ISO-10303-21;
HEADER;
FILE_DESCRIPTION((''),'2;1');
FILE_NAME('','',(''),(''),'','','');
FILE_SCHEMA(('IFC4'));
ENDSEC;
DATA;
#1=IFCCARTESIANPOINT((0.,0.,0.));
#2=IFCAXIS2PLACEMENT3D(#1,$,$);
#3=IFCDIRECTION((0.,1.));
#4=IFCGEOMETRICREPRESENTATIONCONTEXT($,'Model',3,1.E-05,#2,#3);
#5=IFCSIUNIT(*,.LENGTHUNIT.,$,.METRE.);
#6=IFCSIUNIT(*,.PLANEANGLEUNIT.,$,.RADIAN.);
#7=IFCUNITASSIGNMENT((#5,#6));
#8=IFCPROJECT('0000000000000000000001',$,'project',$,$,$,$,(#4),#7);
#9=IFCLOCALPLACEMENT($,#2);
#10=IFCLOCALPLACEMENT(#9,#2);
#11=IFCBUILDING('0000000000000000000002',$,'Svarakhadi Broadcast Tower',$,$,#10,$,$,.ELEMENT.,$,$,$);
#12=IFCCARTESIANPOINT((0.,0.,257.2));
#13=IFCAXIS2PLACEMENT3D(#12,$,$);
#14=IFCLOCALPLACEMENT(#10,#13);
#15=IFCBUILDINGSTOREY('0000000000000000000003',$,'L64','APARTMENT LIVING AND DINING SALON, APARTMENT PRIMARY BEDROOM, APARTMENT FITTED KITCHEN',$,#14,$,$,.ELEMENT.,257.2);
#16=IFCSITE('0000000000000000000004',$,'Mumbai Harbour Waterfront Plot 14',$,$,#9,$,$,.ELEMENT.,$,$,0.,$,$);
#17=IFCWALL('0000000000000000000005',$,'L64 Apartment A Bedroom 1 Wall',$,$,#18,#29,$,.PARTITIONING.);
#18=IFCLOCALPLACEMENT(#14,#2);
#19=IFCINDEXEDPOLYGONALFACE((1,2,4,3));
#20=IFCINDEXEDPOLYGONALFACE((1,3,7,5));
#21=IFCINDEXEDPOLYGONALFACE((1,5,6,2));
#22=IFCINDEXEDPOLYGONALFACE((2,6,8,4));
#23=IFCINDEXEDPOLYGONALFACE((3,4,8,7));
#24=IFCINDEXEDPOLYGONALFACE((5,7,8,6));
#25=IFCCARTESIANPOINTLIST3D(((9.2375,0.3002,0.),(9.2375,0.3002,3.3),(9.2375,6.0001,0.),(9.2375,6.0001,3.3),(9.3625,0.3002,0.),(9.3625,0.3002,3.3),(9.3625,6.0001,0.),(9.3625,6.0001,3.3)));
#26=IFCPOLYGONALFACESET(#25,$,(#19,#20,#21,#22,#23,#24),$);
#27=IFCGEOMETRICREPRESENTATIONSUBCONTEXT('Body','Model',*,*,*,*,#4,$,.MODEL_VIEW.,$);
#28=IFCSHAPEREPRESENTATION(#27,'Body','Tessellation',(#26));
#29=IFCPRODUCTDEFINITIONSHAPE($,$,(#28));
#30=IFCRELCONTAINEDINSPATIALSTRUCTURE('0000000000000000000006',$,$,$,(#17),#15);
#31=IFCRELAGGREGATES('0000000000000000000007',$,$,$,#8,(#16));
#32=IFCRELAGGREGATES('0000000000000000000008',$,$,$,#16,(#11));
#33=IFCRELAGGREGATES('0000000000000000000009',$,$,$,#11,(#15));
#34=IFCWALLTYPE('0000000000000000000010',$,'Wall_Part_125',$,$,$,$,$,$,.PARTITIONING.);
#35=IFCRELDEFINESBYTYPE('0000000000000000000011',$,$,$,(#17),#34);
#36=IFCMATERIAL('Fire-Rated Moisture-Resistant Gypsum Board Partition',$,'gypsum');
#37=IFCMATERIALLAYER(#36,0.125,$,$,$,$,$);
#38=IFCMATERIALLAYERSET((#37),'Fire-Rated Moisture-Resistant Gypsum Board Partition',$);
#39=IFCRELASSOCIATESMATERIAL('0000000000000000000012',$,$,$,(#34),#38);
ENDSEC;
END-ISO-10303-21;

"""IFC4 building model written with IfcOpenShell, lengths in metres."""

from ifc_helpers import new_model, si_unit, direction, frame, frame_2d, origin, place, context, subcontext, project, spatial, rectangle, extrude, material, layer, layer_set, type_object, element, save


model = new_model("IFC4")

# Units and contexts
model_context = context("Model", 3, precision=1e-05, world=origin(), true_north=direction((0.0, 1.0)))
body_context = subcontext(model_context, "Body", "Model", "MODEL_VIEW")
ifc_project = project(units=[si_unit("LENGTHUNIT", "METRE"), si_unit("PLANEANGLEUNIT", "RADIAN")], contexts=[model_context])

# Site, building, storey
site_placement = place(None, origin())
site = spatial("IfcSite", under=ifc_project, at=site_placement, Name="Mumbai Harbour Waterfront Plot 14", CompositionType="ELEMENT", RefElevation=0.0)
building_placement = place(site_placement, origin())
building = spatial("IfcBuilding", under=site, at=building_placement, Name="Svarakhadi Broadcast Tower", CompositionType="ELEMENT")
storey_placement = place(building_placement, frame((0.0, 0.0, 257.2)))
storey = spatial("IfcBuildingStorey", under=building, at=storey_placement, Name="L64", Description="APARTMENT LIVING AND DINING SALON, APARTMENT PRIMARY BEDROOM, APARTMENT FITTED KITCHEN", CompositionType="ELEMENT", Elevation=257.2)

# Wall
ifc_material_1 = material(Name="Fire-Rated Moisture-Resistant Gypsum Board Partition", Category="gypsum")
ifc_layer_1 = layer(ifc_material_1, 0.125)
ifc_layer_set_1 = layer_set([ifc_layer_1], Name="Fire-Rated Moisture-Resistant Gypsum Board Partition")
wall_type = type_object("IfcWallType", Name="Wall_Part_125", PredefinedType="PARTITIONING", material=ifc_layer_set_1)
wall_1_placement = place(storey_placement, frame((9.3, 0.3, 0.0), z_axis=(0.0, 0.0, 1.0), x_axis=(0.0, 1.0, 0.0)))
element("IfcWall", 1, at=wall_1_placement, inside=storey, type_object=wall_type, Name="L64 Apartment A Bedroom 1 Wall", PredefinedType="PARTITIONING", context=body_context, shape_type="SweptSolid", body=[
    extrude(rectangle(XDim=5.7, YDim=0.125, at=frame_2d((2.8501, 0.0))), origin(), (0.0, 0.0, 1.0), 3.3),
])

save(model, "model.ifc")
